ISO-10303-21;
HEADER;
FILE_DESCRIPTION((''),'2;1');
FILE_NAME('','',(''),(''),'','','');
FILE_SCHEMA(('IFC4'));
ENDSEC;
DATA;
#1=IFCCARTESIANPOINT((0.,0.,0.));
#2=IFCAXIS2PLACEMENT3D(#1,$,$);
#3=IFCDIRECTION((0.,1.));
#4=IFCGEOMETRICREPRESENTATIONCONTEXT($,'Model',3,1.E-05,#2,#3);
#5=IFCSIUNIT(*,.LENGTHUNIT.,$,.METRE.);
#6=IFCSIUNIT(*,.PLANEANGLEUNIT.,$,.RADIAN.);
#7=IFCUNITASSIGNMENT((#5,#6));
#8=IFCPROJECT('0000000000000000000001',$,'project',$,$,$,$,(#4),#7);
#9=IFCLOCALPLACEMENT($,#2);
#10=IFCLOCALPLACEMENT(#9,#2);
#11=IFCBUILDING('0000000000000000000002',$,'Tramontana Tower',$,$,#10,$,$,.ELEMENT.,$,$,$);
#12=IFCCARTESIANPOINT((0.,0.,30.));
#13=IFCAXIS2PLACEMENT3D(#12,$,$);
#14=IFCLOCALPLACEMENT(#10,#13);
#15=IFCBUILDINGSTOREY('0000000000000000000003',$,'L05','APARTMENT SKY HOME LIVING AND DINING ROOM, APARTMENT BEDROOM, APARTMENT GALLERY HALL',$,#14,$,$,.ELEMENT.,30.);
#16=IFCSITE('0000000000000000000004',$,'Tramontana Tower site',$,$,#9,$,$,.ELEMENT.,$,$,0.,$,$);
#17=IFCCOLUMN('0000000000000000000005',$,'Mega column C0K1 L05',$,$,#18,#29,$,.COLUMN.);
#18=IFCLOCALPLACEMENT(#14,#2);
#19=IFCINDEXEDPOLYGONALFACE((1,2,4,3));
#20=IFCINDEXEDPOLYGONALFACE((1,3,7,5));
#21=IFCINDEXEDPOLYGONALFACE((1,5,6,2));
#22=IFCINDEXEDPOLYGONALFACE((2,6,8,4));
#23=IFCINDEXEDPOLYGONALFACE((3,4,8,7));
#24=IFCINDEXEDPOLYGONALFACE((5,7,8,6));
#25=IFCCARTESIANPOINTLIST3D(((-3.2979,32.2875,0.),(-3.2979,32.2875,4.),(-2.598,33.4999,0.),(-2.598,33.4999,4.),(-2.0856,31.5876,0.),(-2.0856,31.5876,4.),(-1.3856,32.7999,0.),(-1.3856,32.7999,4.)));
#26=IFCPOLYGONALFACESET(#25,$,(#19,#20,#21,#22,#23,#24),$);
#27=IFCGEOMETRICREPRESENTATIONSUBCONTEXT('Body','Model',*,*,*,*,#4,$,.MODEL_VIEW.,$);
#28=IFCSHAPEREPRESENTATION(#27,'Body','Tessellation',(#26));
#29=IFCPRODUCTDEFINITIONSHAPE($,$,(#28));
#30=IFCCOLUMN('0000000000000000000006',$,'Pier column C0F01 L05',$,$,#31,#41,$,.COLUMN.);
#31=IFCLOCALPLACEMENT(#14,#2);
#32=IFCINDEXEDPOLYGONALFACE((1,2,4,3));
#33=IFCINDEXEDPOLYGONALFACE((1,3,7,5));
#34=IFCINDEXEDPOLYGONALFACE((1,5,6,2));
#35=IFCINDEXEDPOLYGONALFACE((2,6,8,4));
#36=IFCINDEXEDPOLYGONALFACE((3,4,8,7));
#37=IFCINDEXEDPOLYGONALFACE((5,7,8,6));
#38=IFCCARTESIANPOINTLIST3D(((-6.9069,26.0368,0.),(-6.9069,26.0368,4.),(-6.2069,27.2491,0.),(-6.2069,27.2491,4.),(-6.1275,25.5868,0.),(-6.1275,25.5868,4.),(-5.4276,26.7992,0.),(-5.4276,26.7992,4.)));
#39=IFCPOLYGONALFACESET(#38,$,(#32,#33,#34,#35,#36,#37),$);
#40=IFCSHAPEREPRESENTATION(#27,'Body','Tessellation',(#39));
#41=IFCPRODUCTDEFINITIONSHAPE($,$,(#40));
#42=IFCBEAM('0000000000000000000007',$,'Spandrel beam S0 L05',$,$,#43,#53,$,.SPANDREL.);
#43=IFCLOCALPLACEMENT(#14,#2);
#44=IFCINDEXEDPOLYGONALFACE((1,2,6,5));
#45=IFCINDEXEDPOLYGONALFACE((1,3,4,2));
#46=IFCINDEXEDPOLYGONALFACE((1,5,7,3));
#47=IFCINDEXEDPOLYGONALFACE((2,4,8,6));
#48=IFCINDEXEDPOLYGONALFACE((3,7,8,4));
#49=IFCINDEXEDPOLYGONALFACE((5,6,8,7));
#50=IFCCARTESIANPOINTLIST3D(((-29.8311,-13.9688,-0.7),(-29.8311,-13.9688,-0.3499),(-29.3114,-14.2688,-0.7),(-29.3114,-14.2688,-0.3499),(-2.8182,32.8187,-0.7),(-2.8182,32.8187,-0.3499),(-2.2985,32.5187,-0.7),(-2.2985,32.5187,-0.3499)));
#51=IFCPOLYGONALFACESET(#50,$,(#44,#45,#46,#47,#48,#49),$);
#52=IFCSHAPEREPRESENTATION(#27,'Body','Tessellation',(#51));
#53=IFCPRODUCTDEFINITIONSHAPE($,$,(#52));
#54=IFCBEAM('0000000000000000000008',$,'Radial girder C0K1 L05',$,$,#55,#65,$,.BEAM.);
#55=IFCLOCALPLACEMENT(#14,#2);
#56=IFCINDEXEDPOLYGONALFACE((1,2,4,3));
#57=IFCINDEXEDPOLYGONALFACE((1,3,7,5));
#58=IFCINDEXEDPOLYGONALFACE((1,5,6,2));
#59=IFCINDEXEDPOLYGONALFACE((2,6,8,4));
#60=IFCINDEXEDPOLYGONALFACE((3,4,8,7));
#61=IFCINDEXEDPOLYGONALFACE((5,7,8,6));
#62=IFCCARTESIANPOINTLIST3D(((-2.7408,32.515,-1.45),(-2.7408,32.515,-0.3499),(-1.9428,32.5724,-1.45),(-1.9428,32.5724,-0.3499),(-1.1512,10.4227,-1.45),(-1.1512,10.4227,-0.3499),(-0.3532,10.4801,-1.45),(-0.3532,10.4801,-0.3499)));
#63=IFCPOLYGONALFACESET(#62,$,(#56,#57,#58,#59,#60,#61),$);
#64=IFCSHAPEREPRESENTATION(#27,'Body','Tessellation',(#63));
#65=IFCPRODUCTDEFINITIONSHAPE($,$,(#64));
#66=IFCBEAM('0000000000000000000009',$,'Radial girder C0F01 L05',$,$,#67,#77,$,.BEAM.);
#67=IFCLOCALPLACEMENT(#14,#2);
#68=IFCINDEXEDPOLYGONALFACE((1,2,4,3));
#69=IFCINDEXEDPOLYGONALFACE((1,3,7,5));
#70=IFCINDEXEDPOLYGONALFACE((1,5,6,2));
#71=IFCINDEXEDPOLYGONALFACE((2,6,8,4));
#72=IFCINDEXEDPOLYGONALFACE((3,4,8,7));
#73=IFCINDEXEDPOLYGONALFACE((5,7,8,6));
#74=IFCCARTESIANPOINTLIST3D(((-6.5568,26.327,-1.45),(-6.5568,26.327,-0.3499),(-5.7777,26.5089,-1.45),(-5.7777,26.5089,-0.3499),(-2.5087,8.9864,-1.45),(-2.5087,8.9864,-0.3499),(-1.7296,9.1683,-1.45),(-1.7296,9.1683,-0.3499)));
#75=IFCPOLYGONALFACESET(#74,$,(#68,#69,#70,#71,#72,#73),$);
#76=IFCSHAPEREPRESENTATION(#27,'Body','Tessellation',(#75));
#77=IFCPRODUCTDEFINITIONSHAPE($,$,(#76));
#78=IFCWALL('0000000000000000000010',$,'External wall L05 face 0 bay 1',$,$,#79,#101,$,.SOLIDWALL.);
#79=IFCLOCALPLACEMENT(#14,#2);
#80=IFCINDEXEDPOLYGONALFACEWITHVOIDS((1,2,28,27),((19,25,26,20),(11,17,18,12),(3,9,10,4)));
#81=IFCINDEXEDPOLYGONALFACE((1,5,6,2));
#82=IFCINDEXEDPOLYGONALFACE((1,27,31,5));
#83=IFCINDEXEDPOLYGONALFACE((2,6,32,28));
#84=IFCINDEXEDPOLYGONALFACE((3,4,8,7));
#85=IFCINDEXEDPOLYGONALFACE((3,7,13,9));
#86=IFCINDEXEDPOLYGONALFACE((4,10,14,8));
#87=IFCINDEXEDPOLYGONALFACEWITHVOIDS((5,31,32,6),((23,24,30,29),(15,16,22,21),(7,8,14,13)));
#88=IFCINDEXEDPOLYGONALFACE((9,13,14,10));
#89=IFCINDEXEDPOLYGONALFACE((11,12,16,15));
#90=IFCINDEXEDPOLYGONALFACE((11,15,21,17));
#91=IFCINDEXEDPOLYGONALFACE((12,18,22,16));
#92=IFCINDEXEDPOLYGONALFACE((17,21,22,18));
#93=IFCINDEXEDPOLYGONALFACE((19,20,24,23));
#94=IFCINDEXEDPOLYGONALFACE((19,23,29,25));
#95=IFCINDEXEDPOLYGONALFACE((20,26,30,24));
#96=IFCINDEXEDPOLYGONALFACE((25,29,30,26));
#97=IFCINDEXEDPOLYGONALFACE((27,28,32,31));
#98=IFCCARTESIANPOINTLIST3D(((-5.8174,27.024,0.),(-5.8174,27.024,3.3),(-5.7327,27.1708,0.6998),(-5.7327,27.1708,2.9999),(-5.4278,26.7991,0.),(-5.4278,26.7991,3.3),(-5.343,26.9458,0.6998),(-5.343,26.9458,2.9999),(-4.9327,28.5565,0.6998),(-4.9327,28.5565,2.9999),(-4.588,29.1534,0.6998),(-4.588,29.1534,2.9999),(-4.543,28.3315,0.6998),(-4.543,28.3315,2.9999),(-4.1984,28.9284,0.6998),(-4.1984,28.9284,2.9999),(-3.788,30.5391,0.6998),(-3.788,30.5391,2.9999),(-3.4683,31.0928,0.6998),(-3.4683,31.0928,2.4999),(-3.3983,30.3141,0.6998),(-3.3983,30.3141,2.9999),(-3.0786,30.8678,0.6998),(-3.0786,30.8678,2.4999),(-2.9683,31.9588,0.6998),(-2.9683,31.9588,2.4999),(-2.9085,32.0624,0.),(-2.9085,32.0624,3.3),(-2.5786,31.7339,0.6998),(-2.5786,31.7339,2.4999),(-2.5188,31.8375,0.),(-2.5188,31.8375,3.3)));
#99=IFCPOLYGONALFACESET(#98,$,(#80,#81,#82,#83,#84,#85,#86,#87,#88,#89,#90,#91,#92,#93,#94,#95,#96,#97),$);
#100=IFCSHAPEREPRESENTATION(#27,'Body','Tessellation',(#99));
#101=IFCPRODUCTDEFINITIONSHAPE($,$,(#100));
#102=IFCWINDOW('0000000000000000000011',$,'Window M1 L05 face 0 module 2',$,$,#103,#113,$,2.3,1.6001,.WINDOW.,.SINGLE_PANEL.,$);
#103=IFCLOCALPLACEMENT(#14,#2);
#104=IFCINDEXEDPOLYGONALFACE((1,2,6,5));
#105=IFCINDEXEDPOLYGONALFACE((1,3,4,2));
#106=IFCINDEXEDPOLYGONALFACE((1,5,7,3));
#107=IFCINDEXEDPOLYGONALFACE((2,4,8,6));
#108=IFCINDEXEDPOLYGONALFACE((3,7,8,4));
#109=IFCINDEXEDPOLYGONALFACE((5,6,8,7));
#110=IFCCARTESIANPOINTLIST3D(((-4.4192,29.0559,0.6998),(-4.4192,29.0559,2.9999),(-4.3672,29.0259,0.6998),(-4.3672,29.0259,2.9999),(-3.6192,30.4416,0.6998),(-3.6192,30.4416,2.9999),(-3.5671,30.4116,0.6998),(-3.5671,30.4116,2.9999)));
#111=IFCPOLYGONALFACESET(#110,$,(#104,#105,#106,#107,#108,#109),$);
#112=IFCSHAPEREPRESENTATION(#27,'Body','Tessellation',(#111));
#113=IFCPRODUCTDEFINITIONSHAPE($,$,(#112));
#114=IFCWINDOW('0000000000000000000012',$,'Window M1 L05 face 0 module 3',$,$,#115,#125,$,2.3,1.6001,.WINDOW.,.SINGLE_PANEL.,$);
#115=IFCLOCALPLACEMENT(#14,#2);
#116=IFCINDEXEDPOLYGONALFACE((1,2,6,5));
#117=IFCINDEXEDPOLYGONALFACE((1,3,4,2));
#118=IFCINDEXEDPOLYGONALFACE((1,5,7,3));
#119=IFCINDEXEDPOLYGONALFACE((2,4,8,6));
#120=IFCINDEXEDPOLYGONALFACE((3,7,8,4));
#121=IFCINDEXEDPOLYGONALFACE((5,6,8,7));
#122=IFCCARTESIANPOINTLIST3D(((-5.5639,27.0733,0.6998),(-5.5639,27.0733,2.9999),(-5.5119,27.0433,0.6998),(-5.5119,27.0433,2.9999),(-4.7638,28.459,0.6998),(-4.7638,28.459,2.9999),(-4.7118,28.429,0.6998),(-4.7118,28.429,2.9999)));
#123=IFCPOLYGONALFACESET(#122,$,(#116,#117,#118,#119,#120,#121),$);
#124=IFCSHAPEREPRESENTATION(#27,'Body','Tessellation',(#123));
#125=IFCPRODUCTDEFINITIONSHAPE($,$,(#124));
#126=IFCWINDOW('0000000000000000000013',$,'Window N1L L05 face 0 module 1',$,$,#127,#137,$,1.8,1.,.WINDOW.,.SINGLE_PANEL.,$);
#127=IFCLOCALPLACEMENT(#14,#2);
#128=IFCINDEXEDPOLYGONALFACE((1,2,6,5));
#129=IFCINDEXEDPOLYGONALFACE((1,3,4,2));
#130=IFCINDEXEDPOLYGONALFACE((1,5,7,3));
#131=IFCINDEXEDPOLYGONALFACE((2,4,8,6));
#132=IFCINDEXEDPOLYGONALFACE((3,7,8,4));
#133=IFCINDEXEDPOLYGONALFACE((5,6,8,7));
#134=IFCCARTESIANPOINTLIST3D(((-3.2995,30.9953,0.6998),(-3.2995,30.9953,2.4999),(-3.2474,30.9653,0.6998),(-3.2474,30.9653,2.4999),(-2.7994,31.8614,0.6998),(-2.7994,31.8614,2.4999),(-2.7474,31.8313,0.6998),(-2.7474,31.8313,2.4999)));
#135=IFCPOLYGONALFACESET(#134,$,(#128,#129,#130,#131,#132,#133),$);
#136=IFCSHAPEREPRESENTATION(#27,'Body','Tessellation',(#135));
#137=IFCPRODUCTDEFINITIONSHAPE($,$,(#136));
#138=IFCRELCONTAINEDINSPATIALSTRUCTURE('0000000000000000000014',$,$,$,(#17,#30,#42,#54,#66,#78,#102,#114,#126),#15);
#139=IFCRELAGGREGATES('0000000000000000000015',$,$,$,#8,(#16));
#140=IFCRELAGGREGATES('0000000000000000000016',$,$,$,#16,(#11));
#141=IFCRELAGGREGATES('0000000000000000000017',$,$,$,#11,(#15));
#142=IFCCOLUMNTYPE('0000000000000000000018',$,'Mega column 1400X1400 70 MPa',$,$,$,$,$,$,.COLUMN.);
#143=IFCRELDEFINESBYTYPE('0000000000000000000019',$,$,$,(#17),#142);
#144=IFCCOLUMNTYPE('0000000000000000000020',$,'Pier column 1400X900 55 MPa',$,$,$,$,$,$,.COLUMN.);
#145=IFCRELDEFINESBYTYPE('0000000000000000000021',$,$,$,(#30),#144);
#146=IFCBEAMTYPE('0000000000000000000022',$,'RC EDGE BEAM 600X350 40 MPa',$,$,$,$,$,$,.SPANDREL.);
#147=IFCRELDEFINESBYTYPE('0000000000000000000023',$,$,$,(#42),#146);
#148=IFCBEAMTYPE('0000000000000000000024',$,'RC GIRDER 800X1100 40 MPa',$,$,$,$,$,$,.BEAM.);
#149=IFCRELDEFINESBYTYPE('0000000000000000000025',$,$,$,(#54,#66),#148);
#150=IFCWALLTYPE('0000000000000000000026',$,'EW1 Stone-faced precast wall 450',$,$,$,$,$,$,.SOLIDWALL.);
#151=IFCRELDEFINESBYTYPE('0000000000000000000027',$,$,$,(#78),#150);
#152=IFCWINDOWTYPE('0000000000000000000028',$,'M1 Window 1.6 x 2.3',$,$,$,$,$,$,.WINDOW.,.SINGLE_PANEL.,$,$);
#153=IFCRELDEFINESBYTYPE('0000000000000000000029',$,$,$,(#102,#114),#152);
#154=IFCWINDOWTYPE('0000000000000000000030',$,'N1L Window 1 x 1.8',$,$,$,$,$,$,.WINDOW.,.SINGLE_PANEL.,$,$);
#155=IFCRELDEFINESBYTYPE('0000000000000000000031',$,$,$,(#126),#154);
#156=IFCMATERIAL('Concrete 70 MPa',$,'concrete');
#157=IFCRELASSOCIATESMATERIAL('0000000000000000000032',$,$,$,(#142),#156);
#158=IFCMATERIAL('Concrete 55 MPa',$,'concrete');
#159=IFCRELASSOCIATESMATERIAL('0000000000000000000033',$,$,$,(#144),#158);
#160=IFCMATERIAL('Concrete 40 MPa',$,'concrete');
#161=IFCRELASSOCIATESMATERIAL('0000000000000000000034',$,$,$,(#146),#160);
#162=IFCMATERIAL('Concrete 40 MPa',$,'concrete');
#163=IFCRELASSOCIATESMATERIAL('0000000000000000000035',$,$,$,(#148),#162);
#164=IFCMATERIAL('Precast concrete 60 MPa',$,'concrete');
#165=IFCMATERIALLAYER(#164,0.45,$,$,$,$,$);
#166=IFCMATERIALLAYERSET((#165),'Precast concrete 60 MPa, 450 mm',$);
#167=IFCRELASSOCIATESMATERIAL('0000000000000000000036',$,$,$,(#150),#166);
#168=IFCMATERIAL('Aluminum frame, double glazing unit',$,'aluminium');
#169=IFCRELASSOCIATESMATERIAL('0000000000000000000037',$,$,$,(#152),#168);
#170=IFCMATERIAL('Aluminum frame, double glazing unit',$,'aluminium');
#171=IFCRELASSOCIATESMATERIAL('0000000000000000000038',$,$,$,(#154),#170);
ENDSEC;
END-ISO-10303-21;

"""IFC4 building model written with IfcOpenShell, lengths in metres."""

from ifc_helpers import new_model, si_unit, direction, frame, frame_2d, origin, origin_2d, place, context, subcontext, project, spatial, rectangle, extrude, material, layer, layer_set, material_profile, profile_set, type_object, element, fill, save


model = new_model("IFC4")

# Units and contexts
model_context = context("Model", 3, precision=1e-05, world=origin(), true_north=direction((0.0, 1.0)))
body_context = subcontext(model_context, "Body", "Model", "MODEL_VIEW")
ifc_project = project(units=[si_unit("LENGTHUNIT", "METRE"), si_unit("PLANEANGLEUNIT", "RADIAN")], contexts=[model_context])

# Site, building, storey
site_placement = place(None, origin())
site = spatial("IfcSite", under=ifc_project, at=site_placement, Name="Tramontana Tower site", CompositionType="ELEMENT", RefElevation=0.0)
building_placement = place(site_placement, origin())
building = spatial("IfcBuilding", under=site, at=building_placement, Name="Tramontana Tower", CompositionType="ELEMENT")
storey_placement = place(building_placement, frame((0.0, 0.0, 30.0)))
storey = spatial("IfcBuildingStorey", under=building, at=storey_placement, Name="L05", Description="APARTMENT SKY HOME LIVING AND DINING ROOM, APARTMENT BEDROOM, APARTMENT GALLERY HALL", CompositionType="ELEMENT", Elevation=30.0)

# Columns
ifc_material_1 = material(Name="Concrete 70 MPa", Category="concrete")
ifc_material_profile_1 = material_profile(ifc_material_1, rectangle(XDim=1.3999, YDim=1.3999, at=origin_2d()), Name="Mega column 1400X1400 70 MPa")
ifc_profile_set_1 = profile_set([ifc_material_profile_1], Name="Concrete 70 MPa")
column_type_1 = type_object("IfcColumnType", Name="Mega column 1400X1400 70 MPa", PredefinedType="COLUMN", material=ifc_profile_set_1)
column_1_placement = place(storey_placement, frame((-2.3418, 32.5437, 0.0), z_axis=(0.0, 0.0, 1.0), x_axis=(-0.5, -0.866025, 0.0)))
element("IfcColumn", 1, at=column_1_placement, inside=storey, type_object=column_type_1, Name="Mega column C0K1 L05", PredefinedType="COLUMN", context=body_context, shape_type="SweptSolid", body=[
    extrude(rectangle(XDim=1.3999, YDim=1.3999, at=origin_2d()), origin(), (0.0, 0.0, 1.0), 4.0),
])
ifc_material_2 = material(Name="Concrete 55 MPa", Category="concrete")
ifc_material_profile_2 = material_profile(ifc_material_2, rectangle(XDim=1.3999, YDim=0.8999, at=origin_2d()), Name="Pier column 1400X900 55 MPa")
ifc_profile_set_2 = profile_set([ifc_material_profile_2], Name="Concrete 55 MPa")
column_type_2 = type_object("IfcColumnType", Name="Pier column 1400X900 55 MPa", PredefinedType="COLUMN", material=ifc_profile_set_2)
column_2_placement = place(storey_placement, frame((-6.1672, 26.418, 0.0), z_axis=(0.0, 0.0, 1.0), x_axis=(-0.5, -0.866025, 0.0)))
element("IfcColumn", 2, at=column_2_placement, inside=storey, type_object=column_type_2, Name="Pier column C0F01 L05", PredefinedType="COLUMN", context=body_context, shape_type="SweptSolid", body=[
    extrude(rectangle(XDim=1.3999, YDim=0.8999, at=origin_2d()), origin(), (0.0, 0.0, 1.0), 4.0),
])

# Beams
ifc_material_3 = material(Name="Concrete 40 MPa", Category="concrete")
ifc_material_profile_3 = material_profile(ifc_material_3, rectangle(XDim=0.6001, YDim=0.3501, at=origin_2d()), Name="RC EDGE BEAM 600X350 40 MPa")
ifc_profile_set_3 = profile_set([ifc_material_profile_3], Name="Concrete 40 MPa")
beam_type_1 = type_object("IfcBeamType", Name="RC EDGE BEAM 600X350 40 MPa", PredefinedType="SPANDREL", material=ifc_profile_set_3)
beam_1_placement = place(storey_placement, frame((-2.5583, 32.6687, -0.5249), z_axis=(-0.500001, -0.866025, 0.0), x_axis=(0.866025, -0.500001, 0.0)))
element("IfcBeam", 3, at=beam_1_placement, inside=storey, type_object=beam_type_1, Name="Spandrel beam S0 L05", PredefinedType="SPANDREL", context=body_context, shape_type="SweptSolid", body=[
    extrude(rectangle(XDim=0.6001, YDim=0.3501, at=origin_2d()), origin(), (0.0, 0.0, 1.0), 54.0256),
])
ifc_material_4 = material(Name="Concrete 40 MPa", Category="concrete")
ifc_material_profile_4 = material_profile(ifc_material_4, rectangle(XDim=0.8, YDim=1.1001, at=origin_2d()), Name="RC GIRDER 800X1100 40 MPa")
ifc_profile_set_4 = profile_set([ifc_material_profile_4], Name="Concrete 40 MPa")
beam_type_2 = type_object("IfcBeamType", Name="RC GIRDER 800X1100 40 MPa", PredefinedType="BEAM", material=ifc_profile_set_4)
beam_2_placement = place(storey_placement, frame((-2.3418, 32.5437, -0.8999), z_axis=(0.071767, -0.997421, 0.0), x_axis=(0.997421, 0.071767, 0.0)))
element("IfcBeam", 4, at=beam_2_placement, inside=storey, type_object=beam_type_2, Name="Radial girder C0K1 L05", PredefinedType="BEAM", context=body_context, shape_type="SweptSolid", body=[
    extrude(rectangle(XDim=0.8, YDim=1.1001, at=origin_2d()), origin(), (0.0, 0.0, 1.0), 22.1494),
])
beam_3_placement = place(storey_placement, frame((-6.1672, 26.418, -0.8999), z_axis=(0.227334, -0.973817, 0.0), x_axis=(0.973817, 0.227334, 0.0)))
element("IfcBeam", 5, at=beam_3_placement, inside=storey, type_object=beam_type_2, Name="Radial girder C0F01 L05", PredefinedType="BEAM", context=body_context, shape_type="SweptSolid", body=[
    extrude(rectangle(XDim=0.8, YDim=1.1001, at=origin_2d()), origin(), (0.0, 0.0, 1.0), 17.8069),
])

# Wall, openings, windows
ifc_material_5 = material(Name="Precast concrete 60 MPa", Category="concrete")
ifc_layer_1 = layer(ifc_material_5, 0.45)
ifc_layer_set_1 = layer_set([ifc_layer_1], Name="Precast concrete 60 MPa, 450 mm")
wall_type_1 = type_object("IfcWallType", Name="EW1 Stone-faced precast wall 450", PredefinedType="SOLIDWALL", material=ifc_layer_set_1)
wall_1_placement = place(storey_placement, frame((-2.7136, 31.95, 0.0), z_axis=(0.0, 0.0, 1.0), x_axis=(-0.500007, -0.866021, 0.0)))
wall_1 = element("IfcWall", 6, at=wall_1_placement, inside=storey, type_object=wall_type_1, Name="External wall L05 face 0 bay 1", PredefinedType="SOLIDWALL", context=body_context, shape_type="SweptSolid", body=[
    extrude(rectangle(XDim=5.8179, YDim=0.45, at=frame_2d((2.9089, 0.0))), origin(), (0.0, 0.0, 1.0), 3.3),
])
opening_1_placement = place(wall_1_placement, frame((0.1196, 0.0, 0.7)))
opening_1 = element("IfcOpeningElement", 7, at=opening_1_placement, cuts=wall_1, PredefinedType="OPENING", context=body_context, shape_type="SweptSolid", body=[
    extrude(rectangle(XDim=1.0, YDim=1.8, at=frame_2d((0.5, 0.8999))), frame((0.0, 0.2349, 0.0), z_axis=(0.0, -1.0, 0.0), x_axis=(1.0, 0.0, 0.0)), (0.0, 0.0, 1.0), 0.47),
])
opening_2_placement = place(wall_1_placement, frame((1.759, 0.0, 0.7)))
opening_2 = element("IfcOpeningElement", 8, at=opening_2_placement, cuts=wall_1, PredefinedType="OPENING", context=body_context, shape_type="SweptSolid", body=[
    extrude(rectangle(XDim=1.6001, YDim=2.3, at=frame_2d((0.8, 1.1499))), frame((0.0, 0.2349, 0.0), z_axis=(0.0, -1.0, 0.0), x_axis=(1.0, 0.0, 0.0)), (0.0, 0.0, 1.0), 0.47),
])
opening_3_placement = place(wall_1_placement, frame((4.0483, 0.0, 0.7)))
opening_3 = element("IfcOpeningElement", 9, at=opening_3_placement, cuts=wall_1, PredefinedType="OPENING", context=body_context, shape_type="SweptSolid", body=[
    extrude(rectangle(XDim=1.6001, YDim=2.3, at=frame_2d((0.8, 1.1499))), frame((0.0, 0.2349, 0.0), z_axis=(0.0, -1.0, 0.0), x_axis=(1.0, 0.0, 0.0)), (0.0, 0.0, 1.0), 0.47),
])
ifc_material_6 = material(Name="Aluminum frame, double glazing unit", Category="aluminium")
window_type_1 = type_object("IfcWindowType", Name="M1 Window 1.6 x 2.3", PartitioningType="SINGLE_PANEL", PredefinedType="WINDOW", material=ifc_material_6)
window_1_placement = place(opening_2_placement, origin())
window_1 = element("IfcWindow", 10, at=window_1_placement, inside=storey, type_object=window_type_1, Name="Window M1 L05 face 0 module 2", OverallHeight=2.3, OverallWidth=1.6001, PartitioningType="SINGLE_PANEL", PredefinedType="WINDOW", context=body_context, shape_type="SweptSolid", body=[
    extrude(rectangle(XDim=1.6001, YDim=2.3, at=frame_2d((0.8, 1.1499))), frame((0.0, 0.03, 0.0), z_axis=(0.0, -1.0, 0.0), x_axis=(1.0, 0.0, 0.0)), (0.0, 0.0, 1.0), 0.0601),
])
fill(opening_2, window_1)
window_2_placement = place(opening_3_placement, origin())
window_2 = element("IfcWindow", 11, at=window_2_placement, inside=storey, type_object=window_type_1, Name="Window M1 L05 face 0 module 3", OverallHeight=2.3, OverallWidth=1.6001, PartitioningType="SINGLE_PANEL", PredefinedType="WINDOW", context=body_context, shape_type="SweptSolid", body=[
    extrude(rectangle(XDim=1.6001, YDim=2.3, at=frame_2d((0.8, 1.1499))), frame((0.0, 0.03, 0.0), z_axis=(0.0, -1.0, 0.0), x_axis=(1.0, 0.0, 0.0)), (0.0, 0.0, 1.0), 0.0601),
])
fill(opening_3, window_2)
ifc_material_7 = material(Name="Aluminum frame, double glazing unit", Category="aluminium")
window_type_2 = type_object("IfcWindowType", Name="N1L Window 1 x 1.8", PartitioningType="SINGLE_PANEL", PredefinedType="WINDOW", material=ifc_material_7)
window_3_placement = place(opening_1_placement, origin())
window_3 = element("IfcWindow", 12, at=window_3_placement, inside=storey, type_object=window_type_2, Name="Window N1L L05 face 0 module 1", OverallHeight=1.8, OverallWidth=1.0, PartitioningType="SINGLE_PANEL", PredefinedType="WINDOW", context=body_context, shape_type="SweptSolid", body=[
    extrude(rectangle(XDim=1.0, YDim=1.8, at=frame_2d((0.5, 0.8999))), frame((0.0, 0.03, 0.0), z_axis=(0.0, -1.0, 0.0), x_axis=(1.0, 0.0, 0.0)), (0.0, 0.0, 1.0), 0.0601),
])
fill(opening_1, window_3)

save(model, "model.ifc")
